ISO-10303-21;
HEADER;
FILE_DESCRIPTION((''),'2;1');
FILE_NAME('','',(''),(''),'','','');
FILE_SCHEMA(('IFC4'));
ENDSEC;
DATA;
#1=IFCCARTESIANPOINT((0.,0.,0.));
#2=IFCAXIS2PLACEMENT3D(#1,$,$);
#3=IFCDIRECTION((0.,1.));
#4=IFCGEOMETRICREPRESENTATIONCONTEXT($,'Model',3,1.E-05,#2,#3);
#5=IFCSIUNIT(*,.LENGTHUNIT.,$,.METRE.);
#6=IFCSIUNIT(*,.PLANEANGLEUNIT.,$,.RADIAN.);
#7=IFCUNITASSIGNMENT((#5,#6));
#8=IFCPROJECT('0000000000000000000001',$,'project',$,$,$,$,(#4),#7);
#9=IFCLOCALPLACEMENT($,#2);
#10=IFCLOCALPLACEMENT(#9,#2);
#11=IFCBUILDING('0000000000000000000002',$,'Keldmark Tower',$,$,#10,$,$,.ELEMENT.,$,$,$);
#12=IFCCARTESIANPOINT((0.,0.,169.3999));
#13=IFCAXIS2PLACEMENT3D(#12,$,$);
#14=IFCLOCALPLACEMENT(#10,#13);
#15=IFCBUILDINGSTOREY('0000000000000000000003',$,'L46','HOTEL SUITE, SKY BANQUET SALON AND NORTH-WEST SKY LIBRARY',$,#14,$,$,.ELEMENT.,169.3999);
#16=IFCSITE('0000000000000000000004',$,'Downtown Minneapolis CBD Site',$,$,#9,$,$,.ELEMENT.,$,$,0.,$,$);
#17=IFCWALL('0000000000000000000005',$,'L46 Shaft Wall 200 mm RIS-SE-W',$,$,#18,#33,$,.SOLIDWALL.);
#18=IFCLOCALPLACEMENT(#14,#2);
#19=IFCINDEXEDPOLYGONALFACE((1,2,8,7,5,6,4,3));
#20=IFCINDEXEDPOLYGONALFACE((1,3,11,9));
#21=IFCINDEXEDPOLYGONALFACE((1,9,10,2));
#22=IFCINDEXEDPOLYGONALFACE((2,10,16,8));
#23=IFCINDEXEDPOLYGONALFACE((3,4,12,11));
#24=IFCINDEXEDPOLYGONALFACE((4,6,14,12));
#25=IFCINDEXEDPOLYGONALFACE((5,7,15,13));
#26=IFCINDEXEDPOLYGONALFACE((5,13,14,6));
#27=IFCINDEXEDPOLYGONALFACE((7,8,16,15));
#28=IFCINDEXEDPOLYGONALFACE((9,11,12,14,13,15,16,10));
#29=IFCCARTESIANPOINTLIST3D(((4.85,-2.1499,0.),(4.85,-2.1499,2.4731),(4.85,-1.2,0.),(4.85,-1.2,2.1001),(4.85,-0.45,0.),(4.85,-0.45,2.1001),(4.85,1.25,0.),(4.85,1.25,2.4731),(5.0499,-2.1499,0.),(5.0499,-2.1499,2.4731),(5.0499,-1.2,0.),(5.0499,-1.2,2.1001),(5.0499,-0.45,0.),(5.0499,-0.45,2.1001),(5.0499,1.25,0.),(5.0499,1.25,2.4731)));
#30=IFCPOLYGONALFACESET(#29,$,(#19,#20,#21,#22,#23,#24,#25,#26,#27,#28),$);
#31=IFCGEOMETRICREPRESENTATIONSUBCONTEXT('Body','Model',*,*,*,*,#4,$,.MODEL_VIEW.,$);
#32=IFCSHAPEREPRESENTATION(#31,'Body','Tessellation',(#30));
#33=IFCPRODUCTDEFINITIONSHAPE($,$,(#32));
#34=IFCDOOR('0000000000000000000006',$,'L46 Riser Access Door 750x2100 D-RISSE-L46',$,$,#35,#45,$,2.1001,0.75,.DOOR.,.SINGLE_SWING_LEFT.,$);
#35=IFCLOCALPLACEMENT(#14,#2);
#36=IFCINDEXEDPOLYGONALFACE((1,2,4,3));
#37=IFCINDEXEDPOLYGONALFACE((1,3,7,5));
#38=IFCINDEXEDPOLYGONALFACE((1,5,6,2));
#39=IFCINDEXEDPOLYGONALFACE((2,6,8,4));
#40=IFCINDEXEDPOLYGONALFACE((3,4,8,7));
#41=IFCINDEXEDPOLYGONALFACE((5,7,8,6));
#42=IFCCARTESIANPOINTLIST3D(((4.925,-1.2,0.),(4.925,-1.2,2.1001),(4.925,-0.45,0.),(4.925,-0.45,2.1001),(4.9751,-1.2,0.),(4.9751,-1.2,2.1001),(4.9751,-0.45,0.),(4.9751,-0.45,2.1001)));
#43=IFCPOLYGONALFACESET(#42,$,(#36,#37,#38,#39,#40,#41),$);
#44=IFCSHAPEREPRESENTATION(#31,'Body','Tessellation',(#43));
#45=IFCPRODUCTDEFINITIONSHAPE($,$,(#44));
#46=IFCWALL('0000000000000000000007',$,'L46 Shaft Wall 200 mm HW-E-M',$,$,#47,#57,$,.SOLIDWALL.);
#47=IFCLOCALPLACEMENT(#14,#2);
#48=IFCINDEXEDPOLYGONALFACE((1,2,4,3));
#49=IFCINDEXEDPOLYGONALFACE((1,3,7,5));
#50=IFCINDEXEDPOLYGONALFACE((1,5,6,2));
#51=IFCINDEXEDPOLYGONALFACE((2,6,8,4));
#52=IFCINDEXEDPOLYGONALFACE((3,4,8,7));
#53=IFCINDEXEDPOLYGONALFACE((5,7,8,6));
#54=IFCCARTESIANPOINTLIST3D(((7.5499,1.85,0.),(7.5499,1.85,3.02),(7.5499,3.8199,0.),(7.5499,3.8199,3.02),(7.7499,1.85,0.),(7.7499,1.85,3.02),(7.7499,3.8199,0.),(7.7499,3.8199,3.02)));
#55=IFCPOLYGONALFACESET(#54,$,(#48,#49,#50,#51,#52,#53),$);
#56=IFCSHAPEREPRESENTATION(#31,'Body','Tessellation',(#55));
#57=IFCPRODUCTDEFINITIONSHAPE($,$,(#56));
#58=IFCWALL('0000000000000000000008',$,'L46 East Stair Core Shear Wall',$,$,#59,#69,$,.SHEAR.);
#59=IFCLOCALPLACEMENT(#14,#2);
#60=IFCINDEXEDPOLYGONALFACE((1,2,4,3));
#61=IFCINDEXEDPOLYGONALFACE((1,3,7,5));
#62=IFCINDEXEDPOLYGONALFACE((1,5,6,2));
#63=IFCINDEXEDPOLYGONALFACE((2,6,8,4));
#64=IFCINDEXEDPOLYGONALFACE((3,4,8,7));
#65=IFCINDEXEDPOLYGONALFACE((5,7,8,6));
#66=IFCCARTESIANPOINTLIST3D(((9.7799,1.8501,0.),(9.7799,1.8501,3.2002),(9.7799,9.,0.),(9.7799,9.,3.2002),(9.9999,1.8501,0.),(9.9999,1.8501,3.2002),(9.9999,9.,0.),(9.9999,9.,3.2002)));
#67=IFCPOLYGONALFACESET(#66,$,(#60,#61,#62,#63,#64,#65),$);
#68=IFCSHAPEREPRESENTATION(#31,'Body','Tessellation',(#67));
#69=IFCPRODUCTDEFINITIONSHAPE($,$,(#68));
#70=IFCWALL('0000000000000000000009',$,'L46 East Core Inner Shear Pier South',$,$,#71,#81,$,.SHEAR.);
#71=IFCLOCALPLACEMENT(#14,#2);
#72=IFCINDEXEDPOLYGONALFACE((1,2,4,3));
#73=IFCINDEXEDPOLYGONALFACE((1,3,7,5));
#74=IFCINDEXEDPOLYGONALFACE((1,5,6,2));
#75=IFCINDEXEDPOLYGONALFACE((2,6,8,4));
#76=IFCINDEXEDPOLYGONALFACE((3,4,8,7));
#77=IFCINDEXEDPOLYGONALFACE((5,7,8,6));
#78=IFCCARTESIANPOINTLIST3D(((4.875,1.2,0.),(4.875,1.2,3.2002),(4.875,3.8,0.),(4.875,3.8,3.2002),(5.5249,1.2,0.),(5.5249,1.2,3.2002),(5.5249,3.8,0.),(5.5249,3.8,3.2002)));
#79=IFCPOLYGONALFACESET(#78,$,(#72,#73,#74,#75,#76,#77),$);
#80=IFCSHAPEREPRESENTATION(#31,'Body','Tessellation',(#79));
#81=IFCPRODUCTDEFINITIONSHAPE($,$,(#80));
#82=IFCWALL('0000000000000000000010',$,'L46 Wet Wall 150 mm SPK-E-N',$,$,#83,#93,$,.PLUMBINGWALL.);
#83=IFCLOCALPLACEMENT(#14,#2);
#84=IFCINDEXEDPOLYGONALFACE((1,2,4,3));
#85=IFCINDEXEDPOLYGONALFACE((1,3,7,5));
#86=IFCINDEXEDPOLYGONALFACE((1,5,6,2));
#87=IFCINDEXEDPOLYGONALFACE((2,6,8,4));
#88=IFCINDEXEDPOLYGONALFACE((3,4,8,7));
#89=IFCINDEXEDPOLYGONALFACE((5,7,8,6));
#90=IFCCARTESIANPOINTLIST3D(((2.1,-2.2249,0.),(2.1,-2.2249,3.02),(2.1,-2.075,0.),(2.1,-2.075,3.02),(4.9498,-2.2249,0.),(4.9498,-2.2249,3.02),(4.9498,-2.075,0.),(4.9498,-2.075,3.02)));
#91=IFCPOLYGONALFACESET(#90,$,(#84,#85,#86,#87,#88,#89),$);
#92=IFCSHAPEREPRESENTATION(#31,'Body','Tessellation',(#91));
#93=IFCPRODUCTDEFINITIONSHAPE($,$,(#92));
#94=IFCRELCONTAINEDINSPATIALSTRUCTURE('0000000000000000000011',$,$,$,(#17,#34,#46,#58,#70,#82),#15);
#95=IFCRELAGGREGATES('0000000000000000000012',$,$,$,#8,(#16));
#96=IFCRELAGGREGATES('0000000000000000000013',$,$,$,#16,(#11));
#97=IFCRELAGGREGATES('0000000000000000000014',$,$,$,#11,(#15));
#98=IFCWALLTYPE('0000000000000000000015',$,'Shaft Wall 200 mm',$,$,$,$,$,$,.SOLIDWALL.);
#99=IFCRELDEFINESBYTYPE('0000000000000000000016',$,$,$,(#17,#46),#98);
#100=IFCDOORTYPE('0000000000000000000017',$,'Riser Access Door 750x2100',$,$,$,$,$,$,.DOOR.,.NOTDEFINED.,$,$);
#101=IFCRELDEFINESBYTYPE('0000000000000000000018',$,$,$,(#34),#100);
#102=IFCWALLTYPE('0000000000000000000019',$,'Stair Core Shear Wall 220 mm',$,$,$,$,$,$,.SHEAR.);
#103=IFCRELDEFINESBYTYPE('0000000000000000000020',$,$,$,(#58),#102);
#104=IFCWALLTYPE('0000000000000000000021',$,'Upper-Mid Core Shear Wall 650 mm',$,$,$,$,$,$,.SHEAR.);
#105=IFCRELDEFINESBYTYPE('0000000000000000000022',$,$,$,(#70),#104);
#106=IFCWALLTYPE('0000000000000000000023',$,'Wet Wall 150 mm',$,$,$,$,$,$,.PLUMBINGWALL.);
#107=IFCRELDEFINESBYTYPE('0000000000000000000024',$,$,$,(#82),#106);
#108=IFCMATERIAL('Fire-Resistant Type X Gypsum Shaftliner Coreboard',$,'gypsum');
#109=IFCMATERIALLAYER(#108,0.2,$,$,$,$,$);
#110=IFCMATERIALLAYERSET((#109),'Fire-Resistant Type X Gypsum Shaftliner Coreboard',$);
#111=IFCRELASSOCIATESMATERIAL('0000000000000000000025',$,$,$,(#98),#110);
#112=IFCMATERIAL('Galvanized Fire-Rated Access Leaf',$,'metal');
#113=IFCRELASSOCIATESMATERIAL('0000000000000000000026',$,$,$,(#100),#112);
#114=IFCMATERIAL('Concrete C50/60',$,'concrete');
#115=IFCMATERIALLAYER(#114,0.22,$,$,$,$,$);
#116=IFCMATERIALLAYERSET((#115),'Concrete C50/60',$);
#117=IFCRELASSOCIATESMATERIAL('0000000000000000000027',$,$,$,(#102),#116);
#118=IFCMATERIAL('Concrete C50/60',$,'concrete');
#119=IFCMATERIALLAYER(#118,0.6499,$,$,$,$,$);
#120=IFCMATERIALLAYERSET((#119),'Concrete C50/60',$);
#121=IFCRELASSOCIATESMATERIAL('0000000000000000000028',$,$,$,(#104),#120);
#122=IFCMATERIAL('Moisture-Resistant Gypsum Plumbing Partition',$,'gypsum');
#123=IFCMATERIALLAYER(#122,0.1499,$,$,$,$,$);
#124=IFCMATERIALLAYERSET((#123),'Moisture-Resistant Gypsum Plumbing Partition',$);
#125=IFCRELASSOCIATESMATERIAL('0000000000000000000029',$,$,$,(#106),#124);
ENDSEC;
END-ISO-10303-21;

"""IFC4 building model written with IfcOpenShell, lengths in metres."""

from ifc_helpers import new_model, si_unit, direction, frame, frame_2d, origin, place, context, subcontext, project, spatial, rectangle, extrude, material, layer, layer_set, type_object, element, fill, save


model = new_model("IFC4")

# Units and contexts
model_context = context("Model", 3, precision=1e-05, world=origin(), true_north=direction((0.0, 1.0)))
body_context = subcontext(model_context, "Body", "Model", "MODEL_VIEW")
ifc_project = project(units=[si_unit("LENGTHUNIT", "METRE"), si_unit("PLANEANGLEUNIT", "RADIAN")], contexts=[model_context])

# Site, building, storey
site_placement = place(None, origin())
site = spatial("IfcSite", under=ifc_project, at=site_placement, Name="Downtown Minneapolis CBD Site", CompositionType="ELEMENT", RefElevation=0.0)
building_placement = place(site_placement, origin())
building = spatial("IfcBuilding", under=site, at=building_placement, Name="Keldmark Tower", CompositionType="ELEMENT")
storey_placement = place(building_placement, frame((0.0, 0.0, 169.3999)))
storey = spatial("IfcBuildingStorey", under=building, at=storey_placement, Name="L46", Description="HOTEL SUITE, SKY BANQUET SALON AND NORTH-WEST SKY LIBRARY", CompositionType="ELEMENT", Elevation=169.3999)

# Shared definitions
ifc_material_1 = material(Name="Fire-Resistant Type X Gypsum Shaftliner Coreboard", Category="gypsum")
ifc_layer_1 = layer(ifc_material_1, 0.2)
ifc_layer_set_1 = layer_set([ifc_layer_1], Name="Fire-Resistant Type X Gypsum Shaftliner Coreboard")
wall_type_1 = type_object("IfcWallType", Name="Shaft Wall 200 mm", PredefinedType="SOLIDWALL", material=ifc_layer_set_1)

# Wall, opening, door
wall_1_placement = place(storey_placement, frame((4.95, -2.1499, 0.0), z_axis=(0.0, 0.0, 1.0), x_axis=(0.0, 1.0, 0.0)))
wall_1 = element("IfcWall", 1, at=wall_1_placement, inside=storey, type_object=wall_type_1, Name="L46 Shaft Wall 200 mm RIS-SE-W", PredefinedType="SOLIDWALL", context=body_context, shape_type="SweptSolid", body=[
    extrude(rectangle(XDim=3.3999, YDim=0.2, at=frame_2d((1.7, 0.0))), origin(), (0.0, 0.0, 1.0), 2.4731),
])
opening_1_placement = place(wall_1_placement, frame((0.95, 0.0, 0.0)))
opening_1 = element("IfcOpeningElement", 2, at=opening_1_placement, cuts=wall_1, PredefinedType="OPENING", context=body_context, shape_type="SweptSolid", body=[
    extrude(rectangle(XDim=0.75, YDim=2.1001, at=frame_2d((0.375, 1.05))), frame((0.0, 0.1099, 0.0), z_axis=(0.0, -1.0, 0.0), x_axis=(1.0, 0.0, 0.0)), (0.0, 0.0, 1.0), 0.22),
])
ifc_material_2 = material(Name="Galvanized Fire-Rated Access Leaf", Category="metal")
door_type_1 = type_object("IfcDoorType", Name="Riser Access Door 750x2100", OperationType="NOTDEFINED", PredefinedType="DOOR", material=ifc_material_2)
door_1_placement = place(opening_1_placement, origin())
door_1 = element("IfcDoor", 3, at=door_1_placement, inside=storey, type_object=door_type_1, Name="L46 Riser Access Door 750x2100 D-RISSE-L46", OperationType="SINGLE_SWING_LEFT", OverallHeight=2.1001, OverallWidth=0.75, PredefinedType="DOOR", context=body_context, shape_type="SweptSolid", body=[
    extrude(rectangle(XDim=0.75, YDim=2.1001, at=frame_2d((0.375, 1.05))), frame((0.0, 0.0249, 0.0), z_axis=(0.0, -1.0, 0.0), x_axis=(1.0, 0.0, 0.0)), (0.0, 0.0, 1.0), 0.05),
])
fill(opening_1, door_1)

# Walls
wall_2_placement = place(storey_placement, frame((7.6499, 1.8501, 0.0), z_axis=(0.0, 0.0, 1.0), x_axis=(0.0, 1.0, 0.0)))
element("IfcWall", 4, at=wall_2_placement, inside=storey, type_object=wall_type_1, Name="L46 Shaft Wall 200 mm HW-E-M", PredefinedType="SOLIDWALL", context=body_context, shape_type="SweptSolid", body=[
    extrude(rectangle(XDim=1.97, YDim=0.2, at=frame_2d((0.9849, 0.0))), origin(), (0.0, 0.0, 1.0), 3.02),
])
ifc_material_3 = material(Name="Concrete C50/60", Category="concrete")
ifc_layer_2 = layer(ifc_material_3, 0.22)
ifc_layer_set_2 = layer_set([ifc_layer_2], Name="Concrete C50/60")
wall_type_2 = type_object("IfcWallType", Name="Stair Core Shear Wall 220 mm", PredefinedType="SHEAR", material=ifc_layer_set_2)
wall_3_placement = place(storey_placement, frame((9.8899, 1.8501, 0.0), z_axis=(0.0, 0.0, 1.0), x_axis=(0.0, 1.0, 0.0)))
element("IfcWall", 5, at=wall_3_placement, inside=storey, type_object=wall_type_2, Name="L46 East Stair Core Shear Wall", PredefinedType="SHEAR", context=body_context, shape_type="SweptSolid", body=[
    extrude(rectangle(XDim=7.1499, YDim=0.22, at=frame_2d((3.575, 0.0))), origin(), (0.0, 0.0, 1.0), 3.2002),
])
ifc_material_4 = material(Name="Concrete C50/60", Category="concrete")
ifc_layer_3 = layer(ifc_material_4, 0.6499)
ifc_layer_set_3 = layer_set([ifc_layer_3], Name="Concrete C50/60")
wall_type_3 = type_object("IfcWallType", Name="Upper-Mid Core Shear Wall 650 mm", PredefinedType="SHEAR", material=ifc_layer_set_3)
wall_4_placement = place(storey_placement, frame((5.2, 1.2, 0.0), z_axis=(0.0, 0.0, 1.0), x_axis=(0.0, 1.0, 0.0)))
element("IfcWall", 6, at=wall_4_placement, inside=storey, type_object=wall_type_3, Name="L46 East Core Inner Shear Pier South", PredefinedType="SHEAR", context=body_context, shape_type="SweptSolid", body=[
    extrude(rectangle(XDim=2.6001, YDim=0.6499, at=frame_2d((1.3, 0.0))), origin(), (0.0, 0.0, 1.0), 3.2002),
])
ifc_material_5 = material(Name="Moisture-Resistant Gypsum Plumbing Partition", Category="gypsum")
ifc_layer_4 = layer(ifc_material_5, 0.1499)
ifc_layer_set_4 = layer_set([ifc_layer_4], Name="Moisture-Resistant Gypsum Plumbing Partition")
wall_type_4 = type_object("IfcWallType", Name="Wet Wall 150 mm", PredefinedType="PLUMBINGWALL", material=ifc_layer_set_4)
wall_5_placement = place(storey_placement, frame((2.1001, -2.1499, 0.0), z_axis=(0.0, 0.0, 1.0), x_axis=(1.0, 0.0, 0.0)))
element("IfcWall", 7, at=wall_5_placement, inside=storey, type_object=wall_type_4, Name="L46 Wet Wall 150 mm SPK-E-N", PredefinedType="PLUMBINGWALL", context=body_context, shape_type="SweptSolid", body=[
    extrude(rectangle(XDim=2.8499, YDim=0.1499, at=frame_2d((1.4248, 0.0))), origin(), (0.0, 0.0, 1.0), 3.02),
])

save(model, "model.ifc")
